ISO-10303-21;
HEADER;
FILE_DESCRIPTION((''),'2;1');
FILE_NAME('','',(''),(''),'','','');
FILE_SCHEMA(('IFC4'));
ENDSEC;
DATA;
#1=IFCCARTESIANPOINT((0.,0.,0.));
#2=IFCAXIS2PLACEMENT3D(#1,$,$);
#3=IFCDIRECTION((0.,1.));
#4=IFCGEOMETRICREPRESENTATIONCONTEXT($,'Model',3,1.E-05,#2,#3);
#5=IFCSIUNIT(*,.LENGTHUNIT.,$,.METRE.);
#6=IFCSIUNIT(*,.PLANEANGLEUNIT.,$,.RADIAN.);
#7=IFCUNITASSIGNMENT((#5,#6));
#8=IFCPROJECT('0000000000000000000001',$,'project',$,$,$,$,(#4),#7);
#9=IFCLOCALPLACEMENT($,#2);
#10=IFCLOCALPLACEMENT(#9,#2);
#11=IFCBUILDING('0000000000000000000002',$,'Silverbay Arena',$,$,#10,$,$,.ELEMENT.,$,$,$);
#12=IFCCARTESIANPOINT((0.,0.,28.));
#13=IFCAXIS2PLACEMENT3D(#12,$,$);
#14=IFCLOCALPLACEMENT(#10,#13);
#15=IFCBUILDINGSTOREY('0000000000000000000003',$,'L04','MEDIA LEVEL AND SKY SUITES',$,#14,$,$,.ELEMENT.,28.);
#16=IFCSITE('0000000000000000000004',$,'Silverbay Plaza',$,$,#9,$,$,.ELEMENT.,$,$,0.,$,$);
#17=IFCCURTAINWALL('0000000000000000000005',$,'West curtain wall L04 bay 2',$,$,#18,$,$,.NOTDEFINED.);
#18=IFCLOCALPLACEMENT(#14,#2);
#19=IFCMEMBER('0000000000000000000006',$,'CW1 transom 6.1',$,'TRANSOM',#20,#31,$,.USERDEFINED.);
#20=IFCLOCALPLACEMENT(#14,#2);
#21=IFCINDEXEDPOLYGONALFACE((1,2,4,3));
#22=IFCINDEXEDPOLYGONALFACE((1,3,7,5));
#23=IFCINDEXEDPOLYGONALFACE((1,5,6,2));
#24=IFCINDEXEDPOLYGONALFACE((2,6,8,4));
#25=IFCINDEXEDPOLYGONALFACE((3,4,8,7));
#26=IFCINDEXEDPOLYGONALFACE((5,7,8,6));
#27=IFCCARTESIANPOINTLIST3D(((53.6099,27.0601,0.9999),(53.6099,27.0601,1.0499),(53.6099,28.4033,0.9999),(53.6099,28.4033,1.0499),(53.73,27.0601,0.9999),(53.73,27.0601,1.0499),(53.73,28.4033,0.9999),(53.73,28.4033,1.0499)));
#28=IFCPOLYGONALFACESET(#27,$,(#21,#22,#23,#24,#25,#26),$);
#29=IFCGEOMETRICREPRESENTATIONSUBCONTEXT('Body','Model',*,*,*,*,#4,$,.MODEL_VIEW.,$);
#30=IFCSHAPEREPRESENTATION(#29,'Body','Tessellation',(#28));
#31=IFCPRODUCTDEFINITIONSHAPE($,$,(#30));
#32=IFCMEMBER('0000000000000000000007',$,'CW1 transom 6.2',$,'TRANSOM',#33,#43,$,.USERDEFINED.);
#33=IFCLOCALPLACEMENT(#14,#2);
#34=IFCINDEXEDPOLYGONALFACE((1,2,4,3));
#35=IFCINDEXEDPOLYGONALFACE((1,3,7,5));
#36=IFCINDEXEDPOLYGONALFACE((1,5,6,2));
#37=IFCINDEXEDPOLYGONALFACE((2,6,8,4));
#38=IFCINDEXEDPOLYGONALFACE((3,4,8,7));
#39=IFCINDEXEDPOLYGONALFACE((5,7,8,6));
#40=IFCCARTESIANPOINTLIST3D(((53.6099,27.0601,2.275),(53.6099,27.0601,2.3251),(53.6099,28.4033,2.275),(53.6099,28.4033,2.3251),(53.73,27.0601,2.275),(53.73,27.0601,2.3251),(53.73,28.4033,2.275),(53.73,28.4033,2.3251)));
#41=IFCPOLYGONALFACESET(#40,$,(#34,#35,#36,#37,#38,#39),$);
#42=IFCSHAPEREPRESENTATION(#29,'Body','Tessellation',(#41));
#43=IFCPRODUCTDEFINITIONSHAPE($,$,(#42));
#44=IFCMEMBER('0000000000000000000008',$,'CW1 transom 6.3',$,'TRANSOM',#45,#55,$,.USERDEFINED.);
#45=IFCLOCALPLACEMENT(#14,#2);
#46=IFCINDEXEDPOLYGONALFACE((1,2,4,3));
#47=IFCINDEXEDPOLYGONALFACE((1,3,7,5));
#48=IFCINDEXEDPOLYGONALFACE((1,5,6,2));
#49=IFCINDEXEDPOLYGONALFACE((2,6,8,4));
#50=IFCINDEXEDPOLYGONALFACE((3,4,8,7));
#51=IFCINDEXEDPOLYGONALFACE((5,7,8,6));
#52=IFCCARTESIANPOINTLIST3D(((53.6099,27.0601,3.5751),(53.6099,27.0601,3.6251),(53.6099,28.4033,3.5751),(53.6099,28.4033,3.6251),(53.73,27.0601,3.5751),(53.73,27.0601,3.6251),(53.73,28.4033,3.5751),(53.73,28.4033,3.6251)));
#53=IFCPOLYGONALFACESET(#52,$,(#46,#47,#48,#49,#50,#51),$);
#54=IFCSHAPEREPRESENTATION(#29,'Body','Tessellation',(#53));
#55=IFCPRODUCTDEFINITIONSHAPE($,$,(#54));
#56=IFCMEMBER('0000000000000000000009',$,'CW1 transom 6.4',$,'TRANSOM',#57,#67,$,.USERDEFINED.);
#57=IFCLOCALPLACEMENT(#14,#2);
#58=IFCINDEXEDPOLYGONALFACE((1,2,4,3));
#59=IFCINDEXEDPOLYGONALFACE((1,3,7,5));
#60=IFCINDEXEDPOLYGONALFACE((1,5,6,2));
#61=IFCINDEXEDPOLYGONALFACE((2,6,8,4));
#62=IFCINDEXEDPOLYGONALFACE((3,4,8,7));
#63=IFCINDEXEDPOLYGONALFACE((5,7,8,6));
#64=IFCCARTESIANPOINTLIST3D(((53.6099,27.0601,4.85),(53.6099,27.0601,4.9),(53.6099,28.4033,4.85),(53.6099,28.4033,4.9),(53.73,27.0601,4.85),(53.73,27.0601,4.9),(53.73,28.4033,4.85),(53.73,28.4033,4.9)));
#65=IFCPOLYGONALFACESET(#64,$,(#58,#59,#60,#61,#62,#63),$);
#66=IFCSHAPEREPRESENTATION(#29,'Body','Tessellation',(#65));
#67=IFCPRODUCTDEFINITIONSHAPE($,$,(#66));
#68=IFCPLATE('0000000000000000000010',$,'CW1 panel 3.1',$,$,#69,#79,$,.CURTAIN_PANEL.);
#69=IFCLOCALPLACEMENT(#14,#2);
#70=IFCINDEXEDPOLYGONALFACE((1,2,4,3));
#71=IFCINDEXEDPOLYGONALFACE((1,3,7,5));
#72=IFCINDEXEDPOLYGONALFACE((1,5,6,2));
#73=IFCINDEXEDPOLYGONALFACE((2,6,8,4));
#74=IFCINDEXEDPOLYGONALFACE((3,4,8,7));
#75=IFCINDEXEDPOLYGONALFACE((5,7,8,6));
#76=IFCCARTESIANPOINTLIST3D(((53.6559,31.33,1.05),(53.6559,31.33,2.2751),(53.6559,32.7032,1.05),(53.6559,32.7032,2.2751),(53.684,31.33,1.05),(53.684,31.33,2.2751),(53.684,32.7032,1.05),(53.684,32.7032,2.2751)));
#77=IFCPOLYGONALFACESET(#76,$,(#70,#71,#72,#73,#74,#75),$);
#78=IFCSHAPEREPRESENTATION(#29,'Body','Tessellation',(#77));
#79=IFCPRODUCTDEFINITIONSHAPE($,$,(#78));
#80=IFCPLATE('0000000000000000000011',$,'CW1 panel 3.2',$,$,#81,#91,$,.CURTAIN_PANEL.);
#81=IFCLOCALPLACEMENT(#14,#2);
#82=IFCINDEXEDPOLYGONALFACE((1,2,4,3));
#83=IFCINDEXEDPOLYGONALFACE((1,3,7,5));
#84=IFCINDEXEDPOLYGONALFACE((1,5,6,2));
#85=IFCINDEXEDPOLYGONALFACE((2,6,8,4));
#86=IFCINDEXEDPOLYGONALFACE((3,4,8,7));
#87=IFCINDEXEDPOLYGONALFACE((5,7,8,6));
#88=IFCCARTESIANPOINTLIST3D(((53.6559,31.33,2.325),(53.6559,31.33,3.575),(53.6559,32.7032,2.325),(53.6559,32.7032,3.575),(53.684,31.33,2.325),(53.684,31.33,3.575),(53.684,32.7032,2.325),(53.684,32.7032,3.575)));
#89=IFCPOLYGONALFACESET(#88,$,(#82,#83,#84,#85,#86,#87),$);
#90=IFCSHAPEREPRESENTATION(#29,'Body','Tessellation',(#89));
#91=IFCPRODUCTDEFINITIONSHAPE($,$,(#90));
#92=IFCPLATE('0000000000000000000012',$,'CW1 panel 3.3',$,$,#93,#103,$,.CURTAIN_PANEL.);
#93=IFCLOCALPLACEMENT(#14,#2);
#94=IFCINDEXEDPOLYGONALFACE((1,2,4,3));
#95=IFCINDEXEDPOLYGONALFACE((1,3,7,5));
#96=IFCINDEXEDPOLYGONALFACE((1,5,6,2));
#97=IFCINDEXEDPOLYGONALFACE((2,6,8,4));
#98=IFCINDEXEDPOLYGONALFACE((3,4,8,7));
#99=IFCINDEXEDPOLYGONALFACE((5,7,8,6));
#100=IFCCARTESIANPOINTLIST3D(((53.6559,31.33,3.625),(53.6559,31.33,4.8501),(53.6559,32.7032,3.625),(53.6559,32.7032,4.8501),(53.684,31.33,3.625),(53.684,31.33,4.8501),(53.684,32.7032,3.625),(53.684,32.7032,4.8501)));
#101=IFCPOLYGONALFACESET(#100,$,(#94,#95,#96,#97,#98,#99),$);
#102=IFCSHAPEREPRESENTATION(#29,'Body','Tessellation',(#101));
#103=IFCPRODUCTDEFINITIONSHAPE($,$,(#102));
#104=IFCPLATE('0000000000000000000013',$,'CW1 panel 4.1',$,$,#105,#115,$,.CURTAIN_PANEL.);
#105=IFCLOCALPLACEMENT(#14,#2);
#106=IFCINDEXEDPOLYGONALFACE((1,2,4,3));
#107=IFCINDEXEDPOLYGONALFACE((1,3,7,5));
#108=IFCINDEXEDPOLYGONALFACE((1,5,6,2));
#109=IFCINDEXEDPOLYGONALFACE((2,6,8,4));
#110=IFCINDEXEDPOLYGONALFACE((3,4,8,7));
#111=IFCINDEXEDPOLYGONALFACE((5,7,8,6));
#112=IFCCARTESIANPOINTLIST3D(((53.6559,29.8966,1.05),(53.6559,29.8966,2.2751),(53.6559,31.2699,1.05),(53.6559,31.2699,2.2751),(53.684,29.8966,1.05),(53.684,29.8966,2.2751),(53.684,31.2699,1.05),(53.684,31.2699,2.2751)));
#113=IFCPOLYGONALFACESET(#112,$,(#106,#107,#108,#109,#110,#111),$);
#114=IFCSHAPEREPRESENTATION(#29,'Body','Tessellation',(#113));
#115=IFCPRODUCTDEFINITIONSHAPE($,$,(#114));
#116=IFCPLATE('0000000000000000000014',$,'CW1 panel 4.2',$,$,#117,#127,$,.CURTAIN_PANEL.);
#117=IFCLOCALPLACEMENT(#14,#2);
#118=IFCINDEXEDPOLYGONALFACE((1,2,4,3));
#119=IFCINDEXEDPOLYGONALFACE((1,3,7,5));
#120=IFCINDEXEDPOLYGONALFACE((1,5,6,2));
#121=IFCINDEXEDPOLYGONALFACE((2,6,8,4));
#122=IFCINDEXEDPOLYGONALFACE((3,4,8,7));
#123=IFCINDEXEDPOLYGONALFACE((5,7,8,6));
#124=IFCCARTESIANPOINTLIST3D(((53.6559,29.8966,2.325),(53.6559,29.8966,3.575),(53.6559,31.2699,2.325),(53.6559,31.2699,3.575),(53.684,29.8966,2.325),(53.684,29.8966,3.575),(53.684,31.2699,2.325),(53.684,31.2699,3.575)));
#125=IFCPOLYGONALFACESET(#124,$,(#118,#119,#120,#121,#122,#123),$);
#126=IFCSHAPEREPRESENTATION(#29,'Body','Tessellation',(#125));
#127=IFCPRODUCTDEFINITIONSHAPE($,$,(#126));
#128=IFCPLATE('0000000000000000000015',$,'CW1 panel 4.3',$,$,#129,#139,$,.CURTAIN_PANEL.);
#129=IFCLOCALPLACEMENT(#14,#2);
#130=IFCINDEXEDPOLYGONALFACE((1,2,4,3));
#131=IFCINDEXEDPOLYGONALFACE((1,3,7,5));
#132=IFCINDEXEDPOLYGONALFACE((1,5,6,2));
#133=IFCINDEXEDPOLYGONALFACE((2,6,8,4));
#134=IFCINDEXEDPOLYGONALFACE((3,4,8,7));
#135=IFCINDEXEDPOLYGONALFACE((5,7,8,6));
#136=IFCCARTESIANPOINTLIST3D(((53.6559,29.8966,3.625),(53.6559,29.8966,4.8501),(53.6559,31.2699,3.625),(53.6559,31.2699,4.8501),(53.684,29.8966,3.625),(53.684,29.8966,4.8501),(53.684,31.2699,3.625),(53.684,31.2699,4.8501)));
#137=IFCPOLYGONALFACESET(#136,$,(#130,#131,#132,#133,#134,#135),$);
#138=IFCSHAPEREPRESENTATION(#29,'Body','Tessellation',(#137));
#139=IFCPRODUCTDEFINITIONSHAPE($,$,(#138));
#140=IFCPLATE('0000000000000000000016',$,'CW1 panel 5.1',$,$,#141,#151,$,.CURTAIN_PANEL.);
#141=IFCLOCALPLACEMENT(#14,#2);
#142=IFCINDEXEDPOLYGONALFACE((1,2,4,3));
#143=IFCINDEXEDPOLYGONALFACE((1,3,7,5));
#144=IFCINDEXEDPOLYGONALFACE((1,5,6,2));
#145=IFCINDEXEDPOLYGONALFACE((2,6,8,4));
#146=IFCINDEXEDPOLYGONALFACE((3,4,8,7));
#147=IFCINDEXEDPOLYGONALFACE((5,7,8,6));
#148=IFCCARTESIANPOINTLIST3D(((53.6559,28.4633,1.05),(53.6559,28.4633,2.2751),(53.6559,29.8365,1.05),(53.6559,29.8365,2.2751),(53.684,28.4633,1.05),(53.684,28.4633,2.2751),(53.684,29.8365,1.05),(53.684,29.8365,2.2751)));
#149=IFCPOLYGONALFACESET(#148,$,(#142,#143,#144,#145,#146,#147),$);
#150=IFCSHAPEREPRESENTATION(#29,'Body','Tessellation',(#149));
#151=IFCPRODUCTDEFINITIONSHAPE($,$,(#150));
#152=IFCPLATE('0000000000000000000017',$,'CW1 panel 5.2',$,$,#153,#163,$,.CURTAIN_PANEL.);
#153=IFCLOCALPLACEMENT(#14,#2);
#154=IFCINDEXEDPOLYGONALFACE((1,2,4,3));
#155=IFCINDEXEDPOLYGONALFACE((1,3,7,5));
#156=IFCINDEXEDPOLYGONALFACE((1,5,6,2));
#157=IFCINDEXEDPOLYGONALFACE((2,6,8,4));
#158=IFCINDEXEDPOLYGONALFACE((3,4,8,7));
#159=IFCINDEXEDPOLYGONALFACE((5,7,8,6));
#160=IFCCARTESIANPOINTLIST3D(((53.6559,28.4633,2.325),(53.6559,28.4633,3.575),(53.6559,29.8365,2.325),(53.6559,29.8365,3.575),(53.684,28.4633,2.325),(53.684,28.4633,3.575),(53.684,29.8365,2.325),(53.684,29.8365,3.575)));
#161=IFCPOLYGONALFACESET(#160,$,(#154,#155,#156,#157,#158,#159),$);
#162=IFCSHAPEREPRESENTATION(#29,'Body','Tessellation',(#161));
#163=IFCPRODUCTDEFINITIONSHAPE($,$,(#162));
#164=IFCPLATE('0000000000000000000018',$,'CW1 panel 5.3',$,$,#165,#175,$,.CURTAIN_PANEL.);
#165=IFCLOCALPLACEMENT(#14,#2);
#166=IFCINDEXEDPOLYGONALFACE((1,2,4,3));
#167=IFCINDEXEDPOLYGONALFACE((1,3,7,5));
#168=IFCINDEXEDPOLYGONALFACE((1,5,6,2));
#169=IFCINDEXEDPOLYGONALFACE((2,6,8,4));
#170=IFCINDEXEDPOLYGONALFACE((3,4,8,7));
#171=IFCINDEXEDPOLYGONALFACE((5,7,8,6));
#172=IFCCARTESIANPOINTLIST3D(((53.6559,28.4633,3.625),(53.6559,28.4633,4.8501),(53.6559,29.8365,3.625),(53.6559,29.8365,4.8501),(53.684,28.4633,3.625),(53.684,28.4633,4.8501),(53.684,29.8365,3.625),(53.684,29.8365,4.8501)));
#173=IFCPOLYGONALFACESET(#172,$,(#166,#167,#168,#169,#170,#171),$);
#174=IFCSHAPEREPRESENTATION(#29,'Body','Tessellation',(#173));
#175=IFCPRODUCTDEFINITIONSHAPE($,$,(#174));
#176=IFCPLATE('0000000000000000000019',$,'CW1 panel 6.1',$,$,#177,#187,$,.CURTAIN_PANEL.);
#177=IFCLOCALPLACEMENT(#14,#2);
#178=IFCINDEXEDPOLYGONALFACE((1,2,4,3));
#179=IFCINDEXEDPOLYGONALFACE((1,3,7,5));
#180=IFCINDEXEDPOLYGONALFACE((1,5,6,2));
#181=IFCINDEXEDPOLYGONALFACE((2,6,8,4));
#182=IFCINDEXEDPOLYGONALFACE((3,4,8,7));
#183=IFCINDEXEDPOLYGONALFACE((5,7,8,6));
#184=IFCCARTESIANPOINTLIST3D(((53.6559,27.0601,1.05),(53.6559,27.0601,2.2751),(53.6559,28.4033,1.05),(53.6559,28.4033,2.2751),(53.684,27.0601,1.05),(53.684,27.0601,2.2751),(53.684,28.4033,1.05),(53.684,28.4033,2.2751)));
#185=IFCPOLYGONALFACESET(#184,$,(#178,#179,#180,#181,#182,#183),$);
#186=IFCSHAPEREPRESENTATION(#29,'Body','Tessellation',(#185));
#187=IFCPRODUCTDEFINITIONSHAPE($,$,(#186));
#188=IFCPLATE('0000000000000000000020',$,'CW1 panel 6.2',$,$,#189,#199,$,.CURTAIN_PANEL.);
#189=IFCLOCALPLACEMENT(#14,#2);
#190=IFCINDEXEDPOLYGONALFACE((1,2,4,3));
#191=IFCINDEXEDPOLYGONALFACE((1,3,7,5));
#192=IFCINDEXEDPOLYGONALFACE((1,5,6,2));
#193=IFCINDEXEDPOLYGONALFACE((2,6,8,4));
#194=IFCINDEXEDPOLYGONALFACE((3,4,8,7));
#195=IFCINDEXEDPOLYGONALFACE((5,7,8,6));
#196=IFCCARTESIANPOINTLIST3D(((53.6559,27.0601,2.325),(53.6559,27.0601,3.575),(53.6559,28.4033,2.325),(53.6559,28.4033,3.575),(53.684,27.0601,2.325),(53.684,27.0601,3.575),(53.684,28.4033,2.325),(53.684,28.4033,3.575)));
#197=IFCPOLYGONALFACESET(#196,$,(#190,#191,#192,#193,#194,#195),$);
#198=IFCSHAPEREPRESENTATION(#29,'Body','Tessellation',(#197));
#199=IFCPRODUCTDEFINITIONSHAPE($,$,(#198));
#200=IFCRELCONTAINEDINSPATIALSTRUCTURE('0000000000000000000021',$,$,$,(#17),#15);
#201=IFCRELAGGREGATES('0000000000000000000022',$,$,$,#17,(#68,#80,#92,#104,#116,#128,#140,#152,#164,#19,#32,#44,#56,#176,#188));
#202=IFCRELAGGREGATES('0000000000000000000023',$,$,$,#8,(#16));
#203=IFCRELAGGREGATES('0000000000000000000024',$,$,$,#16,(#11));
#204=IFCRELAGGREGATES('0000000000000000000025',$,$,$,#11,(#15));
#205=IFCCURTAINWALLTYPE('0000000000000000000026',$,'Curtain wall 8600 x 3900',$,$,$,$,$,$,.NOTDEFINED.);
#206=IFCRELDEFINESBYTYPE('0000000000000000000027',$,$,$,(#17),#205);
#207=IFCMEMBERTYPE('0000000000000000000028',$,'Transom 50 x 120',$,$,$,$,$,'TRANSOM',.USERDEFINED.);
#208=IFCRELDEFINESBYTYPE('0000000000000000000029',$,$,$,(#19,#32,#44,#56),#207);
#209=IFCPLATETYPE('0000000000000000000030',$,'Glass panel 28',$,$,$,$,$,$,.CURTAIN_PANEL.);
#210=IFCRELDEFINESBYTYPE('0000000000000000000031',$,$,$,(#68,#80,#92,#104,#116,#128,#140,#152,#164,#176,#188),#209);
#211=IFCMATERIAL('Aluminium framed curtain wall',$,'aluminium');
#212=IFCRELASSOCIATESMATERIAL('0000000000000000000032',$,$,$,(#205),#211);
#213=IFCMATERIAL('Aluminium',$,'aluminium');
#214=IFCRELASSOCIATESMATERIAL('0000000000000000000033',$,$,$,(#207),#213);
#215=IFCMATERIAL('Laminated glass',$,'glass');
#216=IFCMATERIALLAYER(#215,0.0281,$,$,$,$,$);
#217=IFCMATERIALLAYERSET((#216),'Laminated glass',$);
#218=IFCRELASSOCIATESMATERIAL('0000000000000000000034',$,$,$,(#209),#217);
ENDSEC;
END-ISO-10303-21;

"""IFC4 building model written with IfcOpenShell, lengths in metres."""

from ifc_helpers import new_model, si_unit, direction, frame, origin, origin_2d, place, context, subcontext, project, spatial, rectangle, extrude, material, layer, layer_set, material_profile, profile_set, type_object, element, aggregate, save


model = new_model("IFC4")

# Units and contexts
model_context = context("Model", 3, precision=1e-05, world=origin(), true_north=direction((0.0, 1.0)))
body_context = subcontext(model_context, "Body", "Model", "MODEL_VIEW")
ifc_project = project(units=[si_unit("LENGTHUNIT", "METRE"), si_unit("PLANEANGLEUNIT", "RADIAN")], contexts=[model_context])

# Site, building, storey
site_placement = place(None, origin())
site = spatial("IfcSite", under=ifc_project, at=site_placement, Name="Silverbay Plaza", CompositionType="ELEMENT", RefElevation=0.0)
building_placement = place(site_placement, origin())
building = spatial("IfcBuilding", under=site, at=building_placement, Name="Silverbay Arena", CompositionType="ELEMENT")
storey_placement = place(building_placement, frame((0.0, 0.0, 28.0)))
storey = spatial("IfcBuildingStorey", under=building, at=storey_placement, Name="L04", Description="MEDIA LEVEL AND SKY SUITES", CompositionType="ELEMENT", Elevation=28.0)

# Curtain wall, members, plates
ifc_material_1 = material(Name="Aluminium framed curtain wall", Category="aluminium")
curtain_wall_type = type_object("IfcCurtainWallType", Name="Curtain wall 8600 x 3900", PredefinedType="NOTDEFINED", material=ifc_material_1)
curtain_wall_placement = place(storey_placement, origin())
curtain_wall = element("IfcCurtainWall", 1, at=curtain_wall_placement, inside=storey, type_object=curtain_wall_type, Name="West curtain wall L04 bay 2", PredefinedType="NOTDEFINED")
ifc_material_2 = material(Name="Aluminium", Category="aluminium")
ifc_material_profile_1 = material_profile(ifc_material_2, rectangle(XDim=0.1201, YDim=0.05, at=origin_2d()), Name="Transom 50 x 120")
ifc_profile_set_1 = profile_set([ifc_material_profile_1], Name="Aluminium")
member_type_1 = type_object("IfcMemberType", Name="Transom 50 x 120", ElementType="TRANSOM", PredefinedType="USERDEFINED", material=ifc_profile_set_1)
member_1_placement = place(storey_placement, frame((53.6699, 28.4033, 1.0249), z_axis=(0.0, -1.0, 0.0), x_axis=(1.0, 0.0, 0.0)))
member_1 = element("IfcMember", 2, at=member_1_placement, type_object=member_type_1, Name="CW1 transom 6.1", ObjectType="TRANSOM", PredefinedType="USERDEFINED", context=body_context, shape_type="SweptSolid", body=[
    extrude(rectangle(XDim=0.1201, YDim=0.05, at=origin_2d()), origin(), (0.0, 0.0, 1.0), 1.3433),
])
member_2_placement = place(storey_placement, frame((53.6699, 28.4033, 2.3), z_axis=(0.0, -1.0, 0.0), x_axis=(1.0, 0.0, 0.0)))
member_2 = element("IfcMember", 3, at=member_2_placement, type_object=member_type_1, Name="CW1 transom 6.2", ObjectType="TRANSOM", PredefinedType="USERDEFINED", context=body_context, shape_type="SweptSolid", body=[
    extrude(rectangle(XDim=0.1201, YDim=0.05, at=origin_2d()), origin(), (0.0, 0.0, 1.0), 1.3433),
])
member_3_placement = place(storey_placement, frame((53.6699, 28.4033, 3.6001), z_axis=(0.0, -1.0, 0.0), x_axis=(1.0, 0.0, 0.0)))
member_3 = element("IfcMember", 4, at=member_3_placement, type_object=member_type_1, Name="CW1 transom 6.3", ObjectType="TRANSOM", PredefinedType="USERDEFINED", context=body_context, shape_type="SweptSolid", body=[
    extrude(rectangle(XDim=0.1201, YDim=0.05, at=origin_2d()), origin(), (0.0, 0.0, 1.0), 1.3433),
])
member_4_placement = place(storey_placement, frame((53.6699, 28.4033, 4.875), z_axis=(0.0, -1.0, 0.0), x_axis=(1.0, 0.0, 0.0)))
member_4 = element("IfcMember", 5, at=member_4_placement, type_object=member_type_1, Name="CW1 transom 6.4", ObjectType="TRANSOM", PredefinedType="USERDEFINED", context=body_context, shape_type="SweptSolid", body=[
    extrude(rectangle(XDim=0.1201, YDim=0.05, at=origin_2d()), origin(), (0.0, 0.0, 1.0), 1.3433),
])
ifc_material_3 = material(Name="Laminated glass", Category="glass")
ifc_layer = layer(ifc_material_3, 0.0281)
ifc_layer_set = layer_set([ifc_layer], Name="Laminated glass")
plate_type = type_object("IfcPlateType", Name="Glass panel 28", PredefinedType="CURTAIN_PANEL", material=ifc_layer_set)
plate_1_placement = place(storey_placement, frame((53.6699, 32.0166, 1.05), z_axis=(0.0, 0.0, 1.0), x_axis=(0.0, -1.0, 0.0)))
plate_1 = element("IfcPlate", 6, at=plate_1_placement, type_object=plate_type, Name="CW1 panel 3.1", PredefinedType="CURTAIN_PANEL", context=body_context, shape_type="SweptSolid", body=[
    extrude(rectangle(XDim=1.3733, YDim=0.0281, at=origin_2d()), origin(), (0.0, 0.0, 1.0), 1.2251),
])
plate_2_placement = place(storey_placement, frame((53.6699, 32.0166, 2.325), z_axis=(0.0, 0.0, 1.0), x_axis=(0.0, -1.0, 0.0)))
plate_2 = element("IfcPlate", 7, at=plate_2_placement, type_object=plate_type, Name="CW1 panel 3.2", PredefinedType="CURTAIN_PANEL", context=body_context, shape_type="SweptSolid", body=[
    extrude(rectangle(XDim=1.3733, YDim=0.0281, at=origin_2d()), origin(), (0.0, 0.0, 1.0), 1.25),
])
plate_3_placement = place(storey_placement, frame((53.6699, 32.0166, 3.625), z_axis=(0.0, 0.0, 1.0), x_axis=(0.0, -1.0, 0.0)))
plate_3 = element("IfcPlate", 8, at=plate_3_placement, type_object=plate_type, Name="CW1 panel 3.3", PredefinedType="CURTAIN_PANEL", context=body_context, shape_type="SweptSolid", body=[
    extrude(rectangle(XDim=1.3733, YDim=0.0281, at=origin_2d()), origin(), (0.0, 0.0, 1.0), 1.2251),
])
plate_4_placement = place(storey_placement, frame((53.6699, 30.5833, 1.05), z_axis=(0.0, 0.0, 1.0), x_axis=(0.0, -1.0, 0.0)))
plate_4 = element("IfcPlate", 9, at=plate_4_placement, type_object=plate_type, Name="CW1 panel 4.1", PredefinedType="CURTAIN_PANEL", context=body_context, shape_type="SweptSolid", body=[
    extrude(rectangle(XDim=1.3733, YDim=0.0281, at=origin_2d()), origin(), (0.0, 0.0, 1.0), 1.2251),
])
plate_5_placement = place(storey_placement, frame((53.6699, 30.5833, 2.325), z_axis=(0.0, 0.0, 1.0), x_axis=(0.0, -1.0, 0.0)))
plate_5 = element("IfcPlate", 10, at=plate_5_placement, type_object=plate_type, Name="CW1 panel 4.2", PredefinedType="CURTAIN_PANEL", context=body_context, shape_type="SweptSolid", body=[
    extrude(rectangle(XDim=1.3733, YDim=0.0281, at=origin_2d()), origin(), (0.0, 0.0, 1.0), 1.25),
])
plate_6_placement = place(storey_placement, frame((53.6699, 30.5833, 3.625), z_axis=(0.0, 0.0, 1.0), x_axis=(0.0, -1.0, 0.0)))
plate_6 = element("IfcPlate", 11, at=plate_6_placement, type_object=plate_type, Name="CW1 panel 4.3", PredefinedType="CURTAIN_PANEL", context=body_context, shape_type="SweptSolid", body=[
    extrude(rectangle(XDim=1.3733, YDim=0.0281, at=origin_2d()), origin(), (0.0, 0.0, 1.0), 1.2251),
])
plate_7_placement = place(storey_placement, frame((53.6699, 29.1499, 1.05), z_axis=(0.0, 0.0, 1.0), x_axis=(0.0, -1.0, 0.0)))
plate_7 = element("IfcPlate", 12, at=plate_7_placement, type_object=plate_type, Name="CW1 panel 5.1", PredefinedType="CURTAIN_PANEL", context=body_context, shape_type="SweptSolid", body=[
    extrude(rectangle(XDim=1.3733, YDim=0.0281, at=origin_2d()), origin(), (0.0, 0.0, 1.0), 1.2251),
])
plate_8_placement = place(storey_placement, frame((53.6699, 29.1499, 2.325), z_axis=(0.0, 0.0, 1.0), x_axis=(0.0, -1.0, 0.0)))
plate_8 = element("IfcPlate", 13, at=plate_8_placement, type_object=plate_type, Name="CW1 panel 5.2", PredefinedType="CURTAIN_PANEL", context=body_context, shape_type="SweptSolid", body=[
    extrude(rectangle(XDim=1.3733, YDim=0.0281, at=origin_2d()), origin(), (0.0, 0.0, 1.0), 1.25),
])
plate_9_placement = place(storey_placement, frame((53.6699, 29.1499, 3.625), z_axis=(0.0, 0.0, 1.0), x_axis=(0.0, -1.0, 0.0)))
plate_9 = element("IfcPlate", 14, at=plate_9_placement, type_object=plate_type, Name="CW1 panel 5.3", PredefinedType="CURTAIN_PANEL", context=body_context, shape_type="SweptSolid", body=[
    extrude(rectangle(XDim=1.3733, YDim=0.0281, at=origin_2d()), origin(), (0.0, 0.0, 1.0), 1.2251),
])
plate_10_placement = place(storey_placement, frame((53.6699, 27.7317, 1.05), z_axis=(0.0, 0.0, 1.0), x_axis=(0.0, -1.0, 0.0)))
plate_10 = element("IfcPlate", 15, at=plate_10_placement, type_object=plate_type, Name="CW1 panel 6.1", PredefinedType="CURTAIN_PANEL", context=body_context, shape_type="SweptSolid", body=[
    extrude(rectangle(XDim=1.3433, YDim=0.0281, at=origin_2d()), origin(), (0.0, 0.0, 1.0), 1.2251),
])
plate_11_placement = place(storey_placement, frame((53.6699, 27.7317, 2.325), z_axis=(0.0, 0.0, 1.0), x_axis=(0.0, -1.0, 0.0)))
plate_11 = element("IfcPlate", 16, at=plate_11_placement, type_object=plate_type, Name="CW1 panel 6.2", PredefinedType="CURTAIN_PANEL", context=body_context, shape_type="SweptSolid", body=[
    extrude(rectangle(XDim=1.3433, YDim=0.0281, at=origin_2d()), origin(), (0.0, 0.0, 1.0), 1.25),
])
aggregate(curtain_wall, [plate_1, plate_2, plate_3, plate_4, plate_5, plate_6, plate_7, plate_8, plate_9, member_1, member_2, member_3, member_4, plate_10, plate_11])

save(model, "model.ifc")
